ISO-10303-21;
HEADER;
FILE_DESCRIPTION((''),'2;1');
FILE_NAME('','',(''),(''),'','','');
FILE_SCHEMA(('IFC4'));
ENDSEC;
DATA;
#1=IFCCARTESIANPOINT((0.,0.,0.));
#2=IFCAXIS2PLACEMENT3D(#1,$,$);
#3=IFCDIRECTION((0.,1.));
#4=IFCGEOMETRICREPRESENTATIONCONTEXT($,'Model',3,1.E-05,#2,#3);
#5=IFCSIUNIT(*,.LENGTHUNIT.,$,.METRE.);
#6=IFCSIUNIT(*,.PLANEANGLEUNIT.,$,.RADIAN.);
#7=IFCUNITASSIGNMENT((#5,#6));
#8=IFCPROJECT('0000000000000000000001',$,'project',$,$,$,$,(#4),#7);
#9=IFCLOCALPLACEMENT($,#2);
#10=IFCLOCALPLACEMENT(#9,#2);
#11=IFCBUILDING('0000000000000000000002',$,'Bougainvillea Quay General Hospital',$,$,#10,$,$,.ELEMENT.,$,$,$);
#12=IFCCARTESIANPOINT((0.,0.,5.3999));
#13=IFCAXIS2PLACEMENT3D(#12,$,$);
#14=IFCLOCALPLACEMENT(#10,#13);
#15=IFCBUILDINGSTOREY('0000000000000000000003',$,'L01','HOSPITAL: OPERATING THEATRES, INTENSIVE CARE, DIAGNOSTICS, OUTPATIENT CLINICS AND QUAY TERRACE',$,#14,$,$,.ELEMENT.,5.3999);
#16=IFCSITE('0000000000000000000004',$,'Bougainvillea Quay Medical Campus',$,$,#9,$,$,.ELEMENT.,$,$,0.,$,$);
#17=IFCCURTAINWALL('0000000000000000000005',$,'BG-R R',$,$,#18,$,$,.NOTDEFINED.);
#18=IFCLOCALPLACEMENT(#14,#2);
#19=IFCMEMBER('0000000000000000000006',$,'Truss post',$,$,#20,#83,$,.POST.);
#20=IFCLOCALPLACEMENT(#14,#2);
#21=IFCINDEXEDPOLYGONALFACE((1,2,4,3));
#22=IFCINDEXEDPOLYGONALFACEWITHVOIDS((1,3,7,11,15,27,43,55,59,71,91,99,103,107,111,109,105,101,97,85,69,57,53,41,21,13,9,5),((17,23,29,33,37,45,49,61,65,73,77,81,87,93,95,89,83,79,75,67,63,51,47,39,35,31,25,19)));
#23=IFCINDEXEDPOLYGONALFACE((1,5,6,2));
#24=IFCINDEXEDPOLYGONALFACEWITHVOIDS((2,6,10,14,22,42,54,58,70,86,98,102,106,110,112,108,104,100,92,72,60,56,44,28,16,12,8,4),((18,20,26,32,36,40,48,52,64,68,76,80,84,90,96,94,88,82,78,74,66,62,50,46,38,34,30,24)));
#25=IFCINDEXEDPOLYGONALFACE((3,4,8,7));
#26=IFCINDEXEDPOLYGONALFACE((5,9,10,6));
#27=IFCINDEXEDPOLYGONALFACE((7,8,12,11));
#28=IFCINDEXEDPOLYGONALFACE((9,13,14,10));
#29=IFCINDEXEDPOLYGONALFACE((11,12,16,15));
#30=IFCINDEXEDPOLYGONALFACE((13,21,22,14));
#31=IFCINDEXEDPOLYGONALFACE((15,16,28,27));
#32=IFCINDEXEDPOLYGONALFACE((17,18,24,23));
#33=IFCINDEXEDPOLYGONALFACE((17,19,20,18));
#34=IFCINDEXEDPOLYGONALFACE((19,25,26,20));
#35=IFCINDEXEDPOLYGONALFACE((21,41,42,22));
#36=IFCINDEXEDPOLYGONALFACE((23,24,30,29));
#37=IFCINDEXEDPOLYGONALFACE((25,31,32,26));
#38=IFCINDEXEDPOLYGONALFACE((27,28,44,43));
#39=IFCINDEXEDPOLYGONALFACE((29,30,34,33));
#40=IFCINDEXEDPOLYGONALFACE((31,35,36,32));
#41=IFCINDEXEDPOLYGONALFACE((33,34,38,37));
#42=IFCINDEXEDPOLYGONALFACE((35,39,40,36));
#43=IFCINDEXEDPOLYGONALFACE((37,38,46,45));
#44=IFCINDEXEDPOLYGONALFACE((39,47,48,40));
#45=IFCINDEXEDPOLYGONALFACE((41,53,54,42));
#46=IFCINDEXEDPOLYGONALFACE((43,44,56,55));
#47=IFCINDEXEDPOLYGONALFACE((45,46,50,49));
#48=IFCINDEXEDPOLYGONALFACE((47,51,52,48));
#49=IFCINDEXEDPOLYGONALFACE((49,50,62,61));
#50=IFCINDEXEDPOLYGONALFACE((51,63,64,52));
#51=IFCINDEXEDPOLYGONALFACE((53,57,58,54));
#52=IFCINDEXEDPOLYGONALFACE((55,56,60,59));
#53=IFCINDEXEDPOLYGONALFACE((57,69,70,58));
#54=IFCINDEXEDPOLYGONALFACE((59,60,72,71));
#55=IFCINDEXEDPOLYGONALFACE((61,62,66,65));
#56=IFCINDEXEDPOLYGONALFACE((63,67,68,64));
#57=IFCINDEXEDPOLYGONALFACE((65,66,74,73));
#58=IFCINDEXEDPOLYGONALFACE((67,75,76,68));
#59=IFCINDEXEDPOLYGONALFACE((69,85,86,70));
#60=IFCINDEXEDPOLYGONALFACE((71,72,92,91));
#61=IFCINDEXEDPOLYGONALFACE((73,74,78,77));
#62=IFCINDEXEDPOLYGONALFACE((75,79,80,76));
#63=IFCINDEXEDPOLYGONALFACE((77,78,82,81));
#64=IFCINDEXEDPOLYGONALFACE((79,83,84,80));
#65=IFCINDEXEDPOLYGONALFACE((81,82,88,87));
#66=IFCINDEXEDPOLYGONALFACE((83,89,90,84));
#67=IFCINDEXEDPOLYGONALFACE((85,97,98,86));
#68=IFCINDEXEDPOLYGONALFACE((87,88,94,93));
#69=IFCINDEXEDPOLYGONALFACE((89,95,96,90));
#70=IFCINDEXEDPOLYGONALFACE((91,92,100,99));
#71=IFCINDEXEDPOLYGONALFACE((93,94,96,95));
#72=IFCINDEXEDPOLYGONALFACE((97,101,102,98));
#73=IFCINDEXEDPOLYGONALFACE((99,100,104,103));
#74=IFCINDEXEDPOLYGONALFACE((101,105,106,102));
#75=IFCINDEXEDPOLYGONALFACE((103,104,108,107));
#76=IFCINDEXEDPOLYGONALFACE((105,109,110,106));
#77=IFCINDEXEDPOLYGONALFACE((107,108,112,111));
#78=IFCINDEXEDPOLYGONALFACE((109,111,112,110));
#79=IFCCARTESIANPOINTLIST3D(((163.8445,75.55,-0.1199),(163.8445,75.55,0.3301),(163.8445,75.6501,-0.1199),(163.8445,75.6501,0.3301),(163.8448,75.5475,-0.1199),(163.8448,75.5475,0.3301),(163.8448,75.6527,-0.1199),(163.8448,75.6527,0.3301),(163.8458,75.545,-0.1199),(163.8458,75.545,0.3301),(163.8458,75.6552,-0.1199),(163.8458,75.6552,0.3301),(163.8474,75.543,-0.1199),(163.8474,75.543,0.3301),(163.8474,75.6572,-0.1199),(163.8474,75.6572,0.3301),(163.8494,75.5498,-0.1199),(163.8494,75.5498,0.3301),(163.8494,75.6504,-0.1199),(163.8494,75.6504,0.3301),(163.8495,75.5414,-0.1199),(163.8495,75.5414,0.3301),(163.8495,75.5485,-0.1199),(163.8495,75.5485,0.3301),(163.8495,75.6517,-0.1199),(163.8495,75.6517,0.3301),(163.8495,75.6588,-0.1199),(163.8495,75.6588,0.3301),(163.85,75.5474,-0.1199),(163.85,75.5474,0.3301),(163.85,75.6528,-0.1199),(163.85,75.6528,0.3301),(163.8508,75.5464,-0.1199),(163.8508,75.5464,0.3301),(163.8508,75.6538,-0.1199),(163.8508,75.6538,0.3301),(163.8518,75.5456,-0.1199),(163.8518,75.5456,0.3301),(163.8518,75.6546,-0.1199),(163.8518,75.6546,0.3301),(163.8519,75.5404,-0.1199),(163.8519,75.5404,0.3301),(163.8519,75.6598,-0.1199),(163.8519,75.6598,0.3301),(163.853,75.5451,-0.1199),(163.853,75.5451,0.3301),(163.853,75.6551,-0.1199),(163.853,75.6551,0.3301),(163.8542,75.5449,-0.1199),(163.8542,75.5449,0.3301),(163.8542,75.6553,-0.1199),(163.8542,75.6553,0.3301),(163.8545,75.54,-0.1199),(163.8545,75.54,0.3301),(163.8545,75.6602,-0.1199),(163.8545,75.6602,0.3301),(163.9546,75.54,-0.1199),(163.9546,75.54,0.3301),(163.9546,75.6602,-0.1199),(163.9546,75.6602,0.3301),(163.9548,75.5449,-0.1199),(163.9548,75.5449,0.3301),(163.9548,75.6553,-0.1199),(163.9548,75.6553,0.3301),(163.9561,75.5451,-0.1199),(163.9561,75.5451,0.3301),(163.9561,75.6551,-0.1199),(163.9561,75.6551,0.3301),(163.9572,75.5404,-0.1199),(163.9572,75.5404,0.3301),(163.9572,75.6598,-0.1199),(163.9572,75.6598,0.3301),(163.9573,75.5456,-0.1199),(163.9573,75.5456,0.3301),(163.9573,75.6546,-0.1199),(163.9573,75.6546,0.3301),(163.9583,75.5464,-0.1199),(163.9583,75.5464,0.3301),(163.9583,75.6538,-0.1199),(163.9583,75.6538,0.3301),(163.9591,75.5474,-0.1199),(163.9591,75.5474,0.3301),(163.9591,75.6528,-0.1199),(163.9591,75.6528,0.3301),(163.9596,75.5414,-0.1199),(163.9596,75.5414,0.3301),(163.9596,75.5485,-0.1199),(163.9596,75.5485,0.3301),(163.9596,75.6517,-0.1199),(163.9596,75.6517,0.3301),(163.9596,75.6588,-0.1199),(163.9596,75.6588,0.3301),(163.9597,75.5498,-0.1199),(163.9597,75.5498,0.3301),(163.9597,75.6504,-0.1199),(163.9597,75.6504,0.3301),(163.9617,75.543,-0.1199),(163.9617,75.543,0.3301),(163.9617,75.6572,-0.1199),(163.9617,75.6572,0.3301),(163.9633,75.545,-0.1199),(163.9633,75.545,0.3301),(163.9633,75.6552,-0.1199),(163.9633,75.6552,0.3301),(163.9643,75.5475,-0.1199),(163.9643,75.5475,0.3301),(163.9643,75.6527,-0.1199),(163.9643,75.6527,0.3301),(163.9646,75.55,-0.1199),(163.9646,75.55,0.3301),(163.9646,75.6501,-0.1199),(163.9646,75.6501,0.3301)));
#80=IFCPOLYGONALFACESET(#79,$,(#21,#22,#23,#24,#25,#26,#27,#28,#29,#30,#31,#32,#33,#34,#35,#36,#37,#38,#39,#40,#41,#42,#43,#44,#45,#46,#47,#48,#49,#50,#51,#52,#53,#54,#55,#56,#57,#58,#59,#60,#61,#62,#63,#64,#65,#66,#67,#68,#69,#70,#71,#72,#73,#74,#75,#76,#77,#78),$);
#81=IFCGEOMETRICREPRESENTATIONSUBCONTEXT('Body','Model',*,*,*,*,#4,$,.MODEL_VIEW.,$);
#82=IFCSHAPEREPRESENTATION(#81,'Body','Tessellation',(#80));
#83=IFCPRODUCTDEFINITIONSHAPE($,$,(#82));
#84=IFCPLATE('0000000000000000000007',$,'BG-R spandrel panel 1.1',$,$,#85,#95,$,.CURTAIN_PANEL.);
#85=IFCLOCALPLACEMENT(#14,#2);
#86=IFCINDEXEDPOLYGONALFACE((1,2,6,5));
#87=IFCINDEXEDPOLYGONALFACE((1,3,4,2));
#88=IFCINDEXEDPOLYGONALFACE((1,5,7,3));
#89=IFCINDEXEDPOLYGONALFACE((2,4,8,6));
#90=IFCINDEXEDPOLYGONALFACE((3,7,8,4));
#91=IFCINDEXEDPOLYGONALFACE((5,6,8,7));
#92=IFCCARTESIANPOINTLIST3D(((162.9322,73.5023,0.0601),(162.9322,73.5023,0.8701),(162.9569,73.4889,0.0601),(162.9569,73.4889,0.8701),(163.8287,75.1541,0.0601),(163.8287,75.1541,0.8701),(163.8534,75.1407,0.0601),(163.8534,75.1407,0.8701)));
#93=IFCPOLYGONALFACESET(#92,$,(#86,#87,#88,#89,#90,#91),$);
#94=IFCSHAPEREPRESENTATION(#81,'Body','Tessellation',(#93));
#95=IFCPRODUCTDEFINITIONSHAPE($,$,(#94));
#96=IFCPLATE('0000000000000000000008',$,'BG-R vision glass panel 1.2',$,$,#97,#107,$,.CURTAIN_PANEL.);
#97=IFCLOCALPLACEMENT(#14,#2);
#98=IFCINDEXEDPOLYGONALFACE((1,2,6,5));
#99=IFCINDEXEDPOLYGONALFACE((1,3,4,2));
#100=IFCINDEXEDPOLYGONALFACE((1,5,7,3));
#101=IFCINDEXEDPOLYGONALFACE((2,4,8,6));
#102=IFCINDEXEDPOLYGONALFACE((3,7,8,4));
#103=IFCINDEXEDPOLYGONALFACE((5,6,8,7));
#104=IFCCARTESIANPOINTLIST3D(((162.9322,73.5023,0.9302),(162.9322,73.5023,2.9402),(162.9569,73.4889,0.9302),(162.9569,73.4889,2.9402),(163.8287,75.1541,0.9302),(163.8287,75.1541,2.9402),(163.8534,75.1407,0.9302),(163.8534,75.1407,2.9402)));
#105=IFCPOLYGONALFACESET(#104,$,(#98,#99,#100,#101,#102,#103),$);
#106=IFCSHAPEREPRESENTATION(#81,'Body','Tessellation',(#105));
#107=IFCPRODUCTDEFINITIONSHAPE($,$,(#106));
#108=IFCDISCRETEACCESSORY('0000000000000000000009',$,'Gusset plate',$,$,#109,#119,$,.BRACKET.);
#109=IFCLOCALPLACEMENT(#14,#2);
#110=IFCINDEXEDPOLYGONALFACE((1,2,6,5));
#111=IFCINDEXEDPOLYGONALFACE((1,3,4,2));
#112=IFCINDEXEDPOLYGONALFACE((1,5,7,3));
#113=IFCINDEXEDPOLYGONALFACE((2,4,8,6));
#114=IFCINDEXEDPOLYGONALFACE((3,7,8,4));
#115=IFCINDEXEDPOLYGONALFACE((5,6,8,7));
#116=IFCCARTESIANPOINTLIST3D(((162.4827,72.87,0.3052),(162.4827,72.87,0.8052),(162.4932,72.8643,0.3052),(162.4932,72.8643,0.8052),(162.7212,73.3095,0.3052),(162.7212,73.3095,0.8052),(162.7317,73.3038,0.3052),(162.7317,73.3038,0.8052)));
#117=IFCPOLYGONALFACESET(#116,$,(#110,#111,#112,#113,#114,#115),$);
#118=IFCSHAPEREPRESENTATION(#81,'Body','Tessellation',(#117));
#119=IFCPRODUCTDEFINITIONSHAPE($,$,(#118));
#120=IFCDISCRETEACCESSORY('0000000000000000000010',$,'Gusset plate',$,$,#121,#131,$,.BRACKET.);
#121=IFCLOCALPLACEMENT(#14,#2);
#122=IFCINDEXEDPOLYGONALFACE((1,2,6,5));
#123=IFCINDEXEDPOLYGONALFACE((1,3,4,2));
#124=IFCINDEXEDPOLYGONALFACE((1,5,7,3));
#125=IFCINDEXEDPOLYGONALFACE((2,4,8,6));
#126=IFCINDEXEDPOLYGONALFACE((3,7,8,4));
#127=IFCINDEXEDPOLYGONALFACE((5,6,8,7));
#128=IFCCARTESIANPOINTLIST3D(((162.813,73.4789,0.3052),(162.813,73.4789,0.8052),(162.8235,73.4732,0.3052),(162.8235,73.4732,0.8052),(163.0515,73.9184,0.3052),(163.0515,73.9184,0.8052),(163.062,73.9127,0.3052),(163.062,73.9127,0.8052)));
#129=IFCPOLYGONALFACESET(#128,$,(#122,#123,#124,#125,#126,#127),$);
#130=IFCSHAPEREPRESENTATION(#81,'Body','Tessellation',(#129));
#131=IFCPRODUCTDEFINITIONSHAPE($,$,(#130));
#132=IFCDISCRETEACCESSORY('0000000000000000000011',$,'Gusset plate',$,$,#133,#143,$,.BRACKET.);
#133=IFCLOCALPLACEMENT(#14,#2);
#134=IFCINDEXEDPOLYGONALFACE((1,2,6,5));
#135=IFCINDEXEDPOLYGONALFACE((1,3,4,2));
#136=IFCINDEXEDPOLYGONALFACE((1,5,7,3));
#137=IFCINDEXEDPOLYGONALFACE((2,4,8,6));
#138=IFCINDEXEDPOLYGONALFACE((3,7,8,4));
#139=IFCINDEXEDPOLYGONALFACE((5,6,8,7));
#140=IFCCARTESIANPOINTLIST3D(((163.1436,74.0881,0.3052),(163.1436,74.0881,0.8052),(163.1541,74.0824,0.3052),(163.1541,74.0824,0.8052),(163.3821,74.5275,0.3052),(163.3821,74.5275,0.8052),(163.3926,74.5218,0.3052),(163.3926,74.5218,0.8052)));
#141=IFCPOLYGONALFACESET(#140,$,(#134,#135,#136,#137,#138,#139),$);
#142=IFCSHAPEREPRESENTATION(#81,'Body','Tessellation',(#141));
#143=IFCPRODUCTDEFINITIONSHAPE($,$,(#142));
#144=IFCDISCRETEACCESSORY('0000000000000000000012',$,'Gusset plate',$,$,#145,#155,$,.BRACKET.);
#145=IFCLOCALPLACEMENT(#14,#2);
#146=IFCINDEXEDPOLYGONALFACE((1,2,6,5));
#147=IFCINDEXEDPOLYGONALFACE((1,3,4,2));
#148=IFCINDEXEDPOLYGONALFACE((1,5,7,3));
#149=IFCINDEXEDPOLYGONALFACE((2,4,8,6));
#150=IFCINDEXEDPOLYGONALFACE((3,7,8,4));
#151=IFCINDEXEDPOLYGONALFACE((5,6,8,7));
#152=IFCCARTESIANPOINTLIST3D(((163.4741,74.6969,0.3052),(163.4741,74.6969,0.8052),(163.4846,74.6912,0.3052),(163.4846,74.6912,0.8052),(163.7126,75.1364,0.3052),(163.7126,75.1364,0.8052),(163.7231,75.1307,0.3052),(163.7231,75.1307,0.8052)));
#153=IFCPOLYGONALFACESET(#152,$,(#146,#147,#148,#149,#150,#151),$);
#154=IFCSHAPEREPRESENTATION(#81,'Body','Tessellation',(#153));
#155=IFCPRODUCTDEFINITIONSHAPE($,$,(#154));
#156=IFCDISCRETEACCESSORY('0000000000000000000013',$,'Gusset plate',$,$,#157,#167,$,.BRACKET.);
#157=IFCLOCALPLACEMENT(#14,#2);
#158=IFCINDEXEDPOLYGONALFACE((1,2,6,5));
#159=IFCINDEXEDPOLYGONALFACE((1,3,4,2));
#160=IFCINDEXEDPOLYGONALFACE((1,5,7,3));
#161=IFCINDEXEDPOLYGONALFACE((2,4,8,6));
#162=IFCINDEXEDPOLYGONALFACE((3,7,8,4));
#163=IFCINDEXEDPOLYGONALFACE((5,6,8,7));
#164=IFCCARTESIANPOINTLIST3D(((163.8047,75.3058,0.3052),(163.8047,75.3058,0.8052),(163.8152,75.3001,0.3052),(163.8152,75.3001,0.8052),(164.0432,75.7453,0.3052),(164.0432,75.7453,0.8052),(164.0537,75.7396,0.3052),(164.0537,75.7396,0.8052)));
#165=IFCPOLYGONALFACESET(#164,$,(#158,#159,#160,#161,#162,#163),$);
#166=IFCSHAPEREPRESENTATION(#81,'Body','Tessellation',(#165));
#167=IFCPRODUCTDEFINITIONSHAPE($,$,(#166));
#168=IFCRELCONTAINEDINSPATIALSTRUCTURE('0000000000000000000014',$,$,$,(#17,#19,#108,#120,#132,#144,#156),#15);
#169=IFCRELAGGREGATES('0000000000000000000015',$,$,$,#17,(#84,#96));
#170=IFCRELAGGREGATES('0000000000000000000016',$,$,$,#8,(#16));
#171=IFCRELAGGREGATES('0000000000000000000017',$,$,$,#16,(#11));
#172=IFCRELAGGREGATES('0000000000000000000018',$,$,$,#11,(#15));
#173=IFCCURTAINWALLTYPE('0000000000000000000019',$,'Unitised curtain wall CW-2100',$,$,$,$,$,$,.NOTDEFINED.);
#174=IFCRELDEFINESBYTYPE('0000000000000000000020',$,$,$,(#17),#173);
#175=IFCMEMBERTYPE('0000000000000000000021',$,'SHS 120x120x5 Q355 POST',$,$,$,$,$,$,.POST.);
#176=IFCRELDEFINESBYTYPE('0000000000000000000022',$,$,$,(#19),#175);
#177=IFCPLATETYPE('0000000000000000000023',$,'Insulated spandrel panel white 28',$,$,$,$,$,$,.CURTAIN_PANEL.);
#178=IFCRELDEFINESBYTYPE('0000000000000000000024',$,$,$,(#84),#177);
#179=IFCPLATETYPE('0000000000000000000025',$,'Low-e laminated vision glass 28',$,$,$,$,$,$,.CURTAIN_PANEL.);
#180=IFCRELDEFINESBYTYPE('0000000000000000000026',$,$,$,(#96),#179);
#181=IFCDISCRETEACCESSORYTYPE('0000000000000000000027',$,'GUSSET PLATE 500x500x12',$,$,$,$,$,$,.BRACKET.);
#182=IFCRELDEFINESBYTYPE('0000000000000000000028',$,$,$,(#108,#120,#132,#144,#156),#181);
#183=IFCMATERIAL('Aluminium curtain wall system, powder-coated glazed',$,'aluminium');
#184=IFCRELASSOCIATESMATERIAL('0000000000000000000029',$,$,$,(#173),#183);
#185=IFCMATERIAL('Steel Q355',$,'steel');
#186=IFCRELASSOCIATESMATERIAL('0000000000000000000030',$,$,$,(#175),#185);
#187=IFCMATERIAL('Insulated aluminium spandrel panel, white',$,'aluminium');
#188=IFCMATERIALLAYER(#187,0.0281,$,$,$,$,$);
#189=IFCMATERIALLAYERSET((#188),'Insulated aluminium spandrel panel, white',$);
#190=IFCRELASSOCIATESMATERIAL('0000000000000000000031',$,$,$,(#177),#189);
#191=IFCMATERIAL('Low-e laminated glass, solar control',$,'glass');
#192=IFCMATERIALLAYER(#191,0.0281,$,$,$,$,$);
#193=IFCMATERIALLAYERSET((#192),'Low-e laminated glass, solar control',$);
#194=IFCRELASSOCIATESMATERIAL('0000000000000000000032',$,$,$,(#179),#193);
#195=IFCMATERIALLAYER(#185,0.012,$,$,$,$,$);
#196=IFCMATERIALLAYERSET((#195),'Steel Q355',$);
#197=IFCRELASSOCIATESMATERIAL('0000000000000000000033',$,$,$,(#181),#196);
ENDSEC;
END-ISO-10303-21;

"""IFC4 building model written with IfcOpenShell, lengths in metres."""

from ifc_helpers import new_model, si_unit, direction, frame, origin, origin_2d, place, context, subcontext, project, spatial, rectangle, hollow_rectangle, extrude, material, layer, layer_set, material_profile, profile_set, type_object, element, aggregate, save


model = new_model("IFC4")

# Units and contexts
model_context = context("Model", 3, precision=1e-05, world=origin(), true_north=direction((0.0, 1.0)))
body_context = subcontext(model_context, "Body", "Model", "MODEL_VIEW")
ifc_project = project(units=[si_unit("LENGTHUNIT", "METRE"), si_unit("PLANEANGLEUNIT", "RADIAN")], contexts=[model_context])

# Site, building, storey
site_placement = place(None, origin())
site = spatial("IfcSite", under=ifc_project, at=site_placement, Name="Bougainvillea Quay Medical Campus", CompositionType="ELEMENT", RefElevation=0.0)
building_placement = place(site_placement, origin())
building = spatial("IfcBuilding", under=site, at=building_placement, Name="Bougainvillea Quay General Hospital", CompositionType="ELEMENT")
storey_placement = place(building_placement, frame((0.0, 0.0, 5.3999)))
storey = spatial("IfcBuildingStorey", under=building, at=storey_placement, Name="L01", Description="HOSPITAL: OPERATING THEATRES, INTENSIVE CARE, DIAGNOSTICS, OUTPATIENT CLINICS AND QUAY TERRACE", CompositionType="ELEMENT", Elevation=5.3999)

# Curtain wall
ifc_material_1 = material(Name="Aluminium curtain wall system, powder-coated glazed", Category="aluminium")
curtain_wall_type = type_object("IfcCurtainWallType", Name="Unitised curtain wall CW-2100", PredefinedType="NOTDEFINED", material=ifc_material_1)
curtain_wall_placement = place(storey_placement, origin())
curtain_wall = element("IfcCurtainWall", 1, at=curtain_wall_placement, inside=storey, type_object=curtain_wall_type, Name="BG-R R", PredefinedType="NOTDEFINED")

# Member
ifc_material_2 = material(Name="Steel Q355", Category="steel")
ifc_material_profile_1 = material_profile(ifc_material_2, hollow_rectangle(XDim=0.1201, YDim=0.1201, WallThickness=0.0049, InnerFilletRadius=0.0049, OuterFilletRadius=0.01, at=origin_2d()))
ifc_profile_set_1 = profile_set([ifc_material_profile_1], Name="Steel Q355")
member_type_1 = type_object("IfcMemberType", Name="SHS 120x120x5 Q355 POST", PredefinedType="POST", material=ifc_profile_set_1)
member_1_placement = place(storey_placement, frame((163.9045, 75.6001, -0.1199), z_axis=(0.0, 0.0, 1.0), x_axis=(1.0, 0.0, 0.0)))
element("IfcMember", 2, at=member_1_placement, inside=storey, type_object=member_type_1, Name="Truss post", PredefinedType="POST", context=body_context, shape_type="SweptSolid", body=[
    extrude(hollow_rectangle(XDim=0.1201, YDim=0.1201, WallThickness=0.0049, InnerFilletRadius=0.0049, OuterFilletRadius=0.01, at=origin_2d()), origin(), (0.0, 0.0, 1.0), 0.45),
])

# Plates
ifc_material_3 = material(Name="Insulated aluminium spandrel panel, white", Category="aluminium")
ifc_layer_1 = layer(ifc_material_3, 0.0281)
ifc_layer_set_1 = layer_set([ifc_layer_1], Name="Insulated aluminium spandrel panel, white")
plate_type_1 = type_object("IfcPlateType", Name="Insulated spandrel panel white 28", PredefinedType="CURTAIN_PANEL", material=ifc_layer_set_1)
plate_1_placement = place(storey_placement, frame((163.3928, 74.3215, 0.0601), z_axis=(0.0, 0.0, 1.0), x_axis=(-0.477017, -0.878894, 0.0)))
plate_1 = element("IfcPlate", 3, at=plate_1_placement, type_object=plate_type_1, Name="BG-R spandrel panel 1.1", PredefinedType="CURTAIN_PANEL", context=body_context, shape_type="SweptSolid", body=[
    extrude(rectangle(XDim=1.8794, YDim=0.0281, at=origin_2d()), origin(), (0.0, 0.0, 1.0), 0.8101),
])
ifc_material_4 = material(Name="Low-e laminated glass, solar control", Category="glass")
ifc_layer_2 = layer(ifc_material_4, 0.0281)
ifc_layer_set_2 = layer_set([ifc_layer_2], Name="Low-e laminated glass, solar control")
plate_type_2 = type_object("IfcPlateType", Name="Low-e laminated vision glass 28", PredefinedType="CURTAIN_PANEL", material=ifc_layer_set_2)
plate_2_placement = place(storey_placement, frame((163.3928, 74.3215, 0.9302), z_axis=(0.0, 0.0, 1.0), x_axis=(-0.477017, -0.878894, 0.0)))
plate_2 = element("IfcPlate", 4, at=plate_2_placement, type_object=plate_type_2, Name="BG-R vision glass panel 1.2", PredefinedType="CURTAIN_PANEL", context=body_context, shape_type="SweptSolid", body=[
    extrude(rectangle(XDim=1.8794, YDim=0.0281, at=origin_2d()), origin(), (0.0, 0.0, 1.0), 2.01),
])
aggregate(curtain_wall, [plate_1, plate_2])

# Discrete accessories
ifc_layer_3 = layer(ifc_material_2, 0.012)
ifc_layer_set_3 = layer_set([ifc_layer_3], Name="Steel Q355")
discrete_accessory_type = type_object("IfcDiscreteAccessoryType", Name="GUSSET PLATE 500x500x12", PredefinedType="BRACKET", material=ifc_layer_set_3)
for number, where, z_axis, x_axis, name in (
    (5, (162.6072, 73.0869, 0.3052), (0.0, 0.0, 1.0), (0.477018, 0.878894, 0.0), "Gusset plate"),
    (6, (162.9375, 73.6958, 0.3052), (0.0, 0.0, 1.0), (0.477018, 0.878894, 0.0), "Gusset plate"),
    (7, (163.2681, 74.3049, 0.3052), (0.0, 0.0, 1.0), (0.477018, 0.878894, 0.0), "Gusset plate"),
    (8, (163.5986, 74.9138, 0.3052), (0.0, 0.0, 1.0), (0.477018, 0.878894, 0.0), "Gusset plate"),
    (9, (163.9292, 75.5227, 0.3052), (0.0, 0.0, 1.0), (0.477018, 0.878894, 0.0), "Gusset plate"),
):
    element("IfcDiscreteAccessory", number, at=place(storey_placement, frame(where, z_axis=z_axis, x_axis=x_axis)), inside=storey, type_object=discrete_accessory_type, Name=name, PredefinedType="BRACKET", context=body_context, shape_type="SweptSolid", body=[
        extrude(rectangle(XDim=0.5, YDim=0.012, at=origin_2d()), origin(), (0.0, 0.0, 1.0), 0.5),
    ])

save(model, "model.ifc")
